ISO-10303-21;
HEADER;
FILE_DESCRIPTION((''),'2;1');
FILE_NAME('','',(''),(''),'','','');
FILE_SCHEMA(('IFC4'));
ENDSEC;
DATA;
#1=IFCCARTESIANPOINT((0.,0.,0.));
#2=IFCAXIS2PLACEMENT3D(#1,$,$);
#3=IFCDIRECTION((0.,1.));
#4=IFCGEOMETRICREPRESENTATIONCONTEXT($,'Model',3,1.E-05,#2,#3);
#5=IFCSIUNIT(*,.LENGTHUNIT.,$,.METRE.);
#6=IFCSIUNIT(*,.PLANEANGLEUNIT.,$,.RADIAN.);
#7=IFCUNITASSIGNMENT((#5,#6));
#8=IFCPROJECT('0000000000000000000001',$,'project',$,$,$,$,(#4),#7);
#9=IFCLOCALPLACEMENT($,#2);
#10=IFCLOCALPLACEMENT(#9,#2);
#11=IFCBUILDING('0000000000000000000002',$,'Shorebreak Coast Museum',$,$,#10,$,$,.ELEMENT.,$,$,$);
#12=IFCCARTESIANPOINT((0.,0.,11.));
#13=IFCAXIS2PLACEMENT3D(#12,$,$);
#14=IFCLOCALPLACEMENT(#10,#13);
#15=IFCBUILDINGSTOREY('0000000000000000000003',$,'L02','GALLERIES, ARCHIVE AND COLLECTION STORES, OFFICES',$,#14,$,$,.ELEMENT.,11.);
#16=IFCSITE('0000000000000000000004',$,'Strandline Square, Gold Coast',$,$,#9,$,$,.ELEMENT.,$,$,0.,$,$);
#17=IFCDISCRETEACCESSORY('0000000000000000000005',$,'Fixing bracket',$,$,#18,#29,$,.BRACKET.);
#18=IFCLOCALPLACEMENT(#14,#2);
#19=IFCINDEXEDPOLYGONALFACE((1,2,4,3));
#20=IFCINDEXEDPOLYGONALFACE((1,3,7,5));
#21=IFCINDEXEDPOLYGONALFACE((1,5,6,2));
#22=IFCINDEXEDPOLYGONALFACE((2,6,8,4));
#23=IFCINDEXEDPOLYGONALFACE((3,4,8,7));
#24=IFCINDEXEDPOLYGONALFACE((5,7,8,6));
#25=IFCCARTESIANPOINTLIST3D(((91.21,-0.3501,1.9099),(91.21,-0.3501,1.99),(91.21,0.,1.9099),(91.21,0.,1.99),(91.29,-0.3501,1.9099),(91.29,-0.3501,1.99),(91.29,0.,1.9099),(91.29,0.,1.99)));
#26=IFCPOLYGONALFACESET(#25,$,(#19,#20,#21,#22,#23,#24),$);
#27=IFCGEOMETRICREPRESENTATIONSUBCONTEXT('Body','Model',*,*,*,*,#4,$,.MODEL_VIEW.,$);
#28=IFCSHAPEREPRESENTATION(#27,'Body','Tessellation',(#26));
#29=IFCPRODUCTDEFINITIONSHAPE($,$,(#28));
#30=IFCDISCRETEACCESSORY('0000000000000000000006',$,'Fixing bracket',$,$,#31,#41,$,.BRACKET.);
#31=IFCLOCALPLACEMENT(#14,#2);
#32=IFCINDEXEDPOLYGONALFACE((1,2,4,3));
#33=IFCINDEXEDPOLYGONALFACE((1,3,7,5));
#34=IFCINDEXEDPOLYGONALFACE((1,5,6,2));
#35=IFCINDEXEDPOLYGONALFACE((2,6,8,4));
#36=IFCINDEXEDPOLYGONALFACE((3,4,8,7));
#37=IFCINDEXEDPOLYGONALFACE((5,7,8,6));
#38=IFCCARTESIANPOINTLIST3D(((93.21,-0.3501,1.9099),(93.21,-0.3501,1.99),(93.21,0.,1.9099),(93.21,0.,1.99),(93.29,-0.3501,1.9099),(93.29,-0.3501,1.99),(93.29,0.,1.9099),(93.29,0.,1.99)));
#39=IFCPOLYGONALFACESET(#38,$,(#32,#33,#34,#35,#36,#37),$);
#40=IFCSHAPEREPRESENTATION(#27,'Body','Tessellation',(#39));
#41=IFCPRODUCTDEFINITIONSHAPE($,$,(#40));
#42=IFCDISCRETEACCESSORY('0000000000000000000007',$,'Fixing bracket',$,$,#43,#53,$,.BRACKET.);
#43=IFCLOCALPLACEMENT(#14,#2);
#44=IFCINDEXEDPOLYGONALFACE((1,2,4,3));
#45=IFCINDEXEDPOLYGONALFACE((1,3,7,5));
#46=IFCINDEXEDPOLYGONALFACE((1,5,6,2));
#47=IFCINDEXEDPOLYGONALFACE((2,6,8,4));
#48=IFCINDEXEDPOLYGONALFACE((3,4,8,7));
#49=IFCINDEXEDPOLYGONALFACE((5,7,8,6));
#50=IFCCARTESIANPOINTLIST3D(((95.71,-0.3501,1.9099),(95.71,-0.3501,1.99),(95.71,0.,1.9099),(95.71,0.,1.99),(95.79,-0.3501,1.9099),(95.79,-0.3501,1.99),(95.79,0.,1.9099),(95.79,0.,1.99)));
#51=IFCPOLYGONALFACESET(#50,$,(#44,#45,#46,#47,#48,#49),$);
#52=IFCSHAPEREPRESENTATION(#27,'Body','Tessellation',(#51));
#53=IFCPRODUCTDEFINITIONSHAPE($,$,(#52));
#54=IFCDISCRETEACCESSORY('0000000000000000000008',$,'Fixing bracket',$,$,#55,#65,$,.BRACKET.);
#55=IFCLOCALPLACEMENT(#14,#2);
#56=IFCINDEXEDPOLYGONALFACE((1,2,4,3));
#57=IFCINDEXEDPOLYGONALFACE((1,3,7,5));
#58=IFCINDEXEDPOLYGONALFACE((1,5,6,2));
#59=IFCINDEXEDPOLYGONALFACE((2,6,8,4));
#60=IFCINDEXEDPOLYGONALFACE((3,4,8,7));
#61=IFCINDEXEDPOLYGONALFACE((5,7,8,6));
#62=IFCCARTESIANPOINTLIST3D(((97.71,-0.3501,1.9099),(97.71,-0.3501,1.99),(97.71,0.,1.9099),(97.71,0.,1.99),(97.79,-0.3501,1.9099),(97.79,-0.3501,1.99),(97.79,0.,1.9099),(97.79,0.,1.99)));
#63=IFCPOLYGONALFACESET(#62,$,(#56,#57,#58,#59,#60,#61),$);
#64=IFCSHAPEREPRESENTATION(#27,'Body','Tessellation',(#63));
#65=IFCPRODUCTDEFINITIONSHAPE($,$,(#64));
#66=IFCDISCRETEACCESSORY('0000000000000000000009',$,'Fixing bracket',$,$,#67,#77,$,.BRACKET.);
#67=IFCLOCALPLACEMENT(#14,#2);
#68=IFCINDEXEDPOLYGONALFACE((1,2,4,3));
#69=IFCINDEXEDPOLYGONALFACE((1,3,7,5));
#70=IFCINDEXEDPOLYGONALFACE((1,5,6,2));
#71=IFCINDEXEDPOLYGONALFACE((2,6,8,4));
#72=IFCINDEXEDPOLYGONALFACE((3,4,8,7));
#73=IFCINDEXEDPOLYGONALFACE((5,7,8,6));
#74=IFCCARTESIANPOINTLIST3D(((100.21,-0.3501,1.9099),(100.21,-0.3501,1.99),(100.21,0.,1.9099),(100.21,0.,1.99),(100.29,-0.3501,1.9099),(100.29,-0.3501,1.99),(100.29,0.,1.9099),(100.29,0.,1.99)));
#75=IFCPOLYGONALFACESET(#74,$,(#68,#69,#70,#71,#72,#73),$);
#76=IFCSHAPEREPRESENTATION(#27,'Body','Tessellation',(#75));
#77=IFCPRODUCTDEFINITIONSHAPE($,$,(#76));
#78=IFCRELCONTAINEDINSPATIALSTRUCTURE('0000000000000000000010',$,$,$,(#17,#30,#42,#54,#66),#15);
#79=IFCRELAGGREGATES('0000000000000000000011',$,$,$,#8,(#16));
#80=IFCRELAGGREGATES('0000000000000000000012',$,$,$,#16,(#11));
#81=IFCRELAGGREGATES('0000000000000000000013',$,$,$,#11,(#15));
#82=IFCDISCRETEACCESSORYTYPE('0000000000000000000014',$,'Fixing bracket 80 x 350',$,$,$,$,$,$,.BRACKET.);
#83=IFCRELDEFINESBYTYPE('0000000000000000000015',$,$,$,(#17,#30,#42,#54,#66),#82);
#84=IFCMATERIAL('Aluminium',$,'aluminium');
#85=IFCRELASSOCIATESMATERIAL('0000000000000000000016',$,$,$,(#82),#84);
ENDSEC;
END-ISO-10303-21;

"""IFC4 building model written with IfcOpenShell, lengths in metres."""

from ifc_helpers import new_model, si_unit, direction, frame, origin, origin_2d, place, context, subcontext, project, spatial, rectangle, extrude, material, type_object, element, save


model = new_model("IFC4")

# Units and contexts
model_context = context("Model", 3, precision=1e-05, world=origin(), true_north=direction((0.0, 1.0)))
body_context = subcontext(model_context, "Body", "Model", "MODEL_VIEW")
ifc_project = project(units=[si_unit("LENGTHUNIT", "METRE"), si_unit("PLANEANGLEUNIT", "RADIAN")], contexts=[model_context])

# Site, building, storey
site_placement = place(None, origin())
site = spatial("IfcSite", under=ifc_project, at=site_placement, Name="Strandline Square, Gold Coast", CompositionType="ELEMENT", RefElevation=0.0)
building_placement = place(site_placement, origin())
building = spatial("IfcBuilding", under=site, at=building_placement, Name="Shorebreak Coast Museum", CompositionType="ELEMENT")
storey_placement = place(building_placement, frame((0.0, 0.0, 11.0)))
storey = spatial("IfcBuildingStorey", under=building, at=storey_placement, Name="L02", Description="GALLERIES, ARCHIVE AND COLLECTION STORES, OFFICES", CompositionType="ELEMENT", Elevation=11.0)

# Discrete accessories
ifc_material_1 = material(Name="Aluminium", Category="aluminium")
discrete_accessory_type = type_object("IfcDiscreteAccessoryType", Name="Fixing bracket 80 x 350", PredefinedType="BRACKET", material=ifc_material_1)
for number, where, z_axis, x_axis, name in (
    (1, (91.25, -0.175, 1.9099), (0.0, 0.0, 1.0), (1.0, 0.0, 0.0), "Fixing bracket"),
    (2, (93.25, -0.175, 1.9099), (0.0, 0.0, 1.0), (1.0, 0.0, 0.0), "Fixing bracket"),
    (3, (95.75, -0.175, 1.9099), (0.0, 0.0, 1.0), (1.0, 0.0, 0.0), "Fixing bracket"),
    (4, (97.75, -0.175, 1.9099), (0.0, 0.0, 1.0), (1.0, 0.0, 0.0), "Fixing bracket"),
    (5, (100.25, -0.175, 1.9099), (0.0, 0.0, 1.0), (1.0, 0.0, 0.0), "Fixing bracket"),
):
    element("IfcDiscreteAccessory", number, at=place(storey_placement, frame(where, z_axis=z_axis, x_axis=x_axis)), inside=storey, type_object=discrete_accessory_type, Name=name, PredefinedType="BRACKET", context=body_context, shape_type="SweptSolid", body=[
        extrude(rectangle(XDim=0.0801, YDim=0.3501, at=origin_2d()), origin(), (0.0, 0.0, 1.0), 0.0801),
    ])

save(model, "model.ifc")
